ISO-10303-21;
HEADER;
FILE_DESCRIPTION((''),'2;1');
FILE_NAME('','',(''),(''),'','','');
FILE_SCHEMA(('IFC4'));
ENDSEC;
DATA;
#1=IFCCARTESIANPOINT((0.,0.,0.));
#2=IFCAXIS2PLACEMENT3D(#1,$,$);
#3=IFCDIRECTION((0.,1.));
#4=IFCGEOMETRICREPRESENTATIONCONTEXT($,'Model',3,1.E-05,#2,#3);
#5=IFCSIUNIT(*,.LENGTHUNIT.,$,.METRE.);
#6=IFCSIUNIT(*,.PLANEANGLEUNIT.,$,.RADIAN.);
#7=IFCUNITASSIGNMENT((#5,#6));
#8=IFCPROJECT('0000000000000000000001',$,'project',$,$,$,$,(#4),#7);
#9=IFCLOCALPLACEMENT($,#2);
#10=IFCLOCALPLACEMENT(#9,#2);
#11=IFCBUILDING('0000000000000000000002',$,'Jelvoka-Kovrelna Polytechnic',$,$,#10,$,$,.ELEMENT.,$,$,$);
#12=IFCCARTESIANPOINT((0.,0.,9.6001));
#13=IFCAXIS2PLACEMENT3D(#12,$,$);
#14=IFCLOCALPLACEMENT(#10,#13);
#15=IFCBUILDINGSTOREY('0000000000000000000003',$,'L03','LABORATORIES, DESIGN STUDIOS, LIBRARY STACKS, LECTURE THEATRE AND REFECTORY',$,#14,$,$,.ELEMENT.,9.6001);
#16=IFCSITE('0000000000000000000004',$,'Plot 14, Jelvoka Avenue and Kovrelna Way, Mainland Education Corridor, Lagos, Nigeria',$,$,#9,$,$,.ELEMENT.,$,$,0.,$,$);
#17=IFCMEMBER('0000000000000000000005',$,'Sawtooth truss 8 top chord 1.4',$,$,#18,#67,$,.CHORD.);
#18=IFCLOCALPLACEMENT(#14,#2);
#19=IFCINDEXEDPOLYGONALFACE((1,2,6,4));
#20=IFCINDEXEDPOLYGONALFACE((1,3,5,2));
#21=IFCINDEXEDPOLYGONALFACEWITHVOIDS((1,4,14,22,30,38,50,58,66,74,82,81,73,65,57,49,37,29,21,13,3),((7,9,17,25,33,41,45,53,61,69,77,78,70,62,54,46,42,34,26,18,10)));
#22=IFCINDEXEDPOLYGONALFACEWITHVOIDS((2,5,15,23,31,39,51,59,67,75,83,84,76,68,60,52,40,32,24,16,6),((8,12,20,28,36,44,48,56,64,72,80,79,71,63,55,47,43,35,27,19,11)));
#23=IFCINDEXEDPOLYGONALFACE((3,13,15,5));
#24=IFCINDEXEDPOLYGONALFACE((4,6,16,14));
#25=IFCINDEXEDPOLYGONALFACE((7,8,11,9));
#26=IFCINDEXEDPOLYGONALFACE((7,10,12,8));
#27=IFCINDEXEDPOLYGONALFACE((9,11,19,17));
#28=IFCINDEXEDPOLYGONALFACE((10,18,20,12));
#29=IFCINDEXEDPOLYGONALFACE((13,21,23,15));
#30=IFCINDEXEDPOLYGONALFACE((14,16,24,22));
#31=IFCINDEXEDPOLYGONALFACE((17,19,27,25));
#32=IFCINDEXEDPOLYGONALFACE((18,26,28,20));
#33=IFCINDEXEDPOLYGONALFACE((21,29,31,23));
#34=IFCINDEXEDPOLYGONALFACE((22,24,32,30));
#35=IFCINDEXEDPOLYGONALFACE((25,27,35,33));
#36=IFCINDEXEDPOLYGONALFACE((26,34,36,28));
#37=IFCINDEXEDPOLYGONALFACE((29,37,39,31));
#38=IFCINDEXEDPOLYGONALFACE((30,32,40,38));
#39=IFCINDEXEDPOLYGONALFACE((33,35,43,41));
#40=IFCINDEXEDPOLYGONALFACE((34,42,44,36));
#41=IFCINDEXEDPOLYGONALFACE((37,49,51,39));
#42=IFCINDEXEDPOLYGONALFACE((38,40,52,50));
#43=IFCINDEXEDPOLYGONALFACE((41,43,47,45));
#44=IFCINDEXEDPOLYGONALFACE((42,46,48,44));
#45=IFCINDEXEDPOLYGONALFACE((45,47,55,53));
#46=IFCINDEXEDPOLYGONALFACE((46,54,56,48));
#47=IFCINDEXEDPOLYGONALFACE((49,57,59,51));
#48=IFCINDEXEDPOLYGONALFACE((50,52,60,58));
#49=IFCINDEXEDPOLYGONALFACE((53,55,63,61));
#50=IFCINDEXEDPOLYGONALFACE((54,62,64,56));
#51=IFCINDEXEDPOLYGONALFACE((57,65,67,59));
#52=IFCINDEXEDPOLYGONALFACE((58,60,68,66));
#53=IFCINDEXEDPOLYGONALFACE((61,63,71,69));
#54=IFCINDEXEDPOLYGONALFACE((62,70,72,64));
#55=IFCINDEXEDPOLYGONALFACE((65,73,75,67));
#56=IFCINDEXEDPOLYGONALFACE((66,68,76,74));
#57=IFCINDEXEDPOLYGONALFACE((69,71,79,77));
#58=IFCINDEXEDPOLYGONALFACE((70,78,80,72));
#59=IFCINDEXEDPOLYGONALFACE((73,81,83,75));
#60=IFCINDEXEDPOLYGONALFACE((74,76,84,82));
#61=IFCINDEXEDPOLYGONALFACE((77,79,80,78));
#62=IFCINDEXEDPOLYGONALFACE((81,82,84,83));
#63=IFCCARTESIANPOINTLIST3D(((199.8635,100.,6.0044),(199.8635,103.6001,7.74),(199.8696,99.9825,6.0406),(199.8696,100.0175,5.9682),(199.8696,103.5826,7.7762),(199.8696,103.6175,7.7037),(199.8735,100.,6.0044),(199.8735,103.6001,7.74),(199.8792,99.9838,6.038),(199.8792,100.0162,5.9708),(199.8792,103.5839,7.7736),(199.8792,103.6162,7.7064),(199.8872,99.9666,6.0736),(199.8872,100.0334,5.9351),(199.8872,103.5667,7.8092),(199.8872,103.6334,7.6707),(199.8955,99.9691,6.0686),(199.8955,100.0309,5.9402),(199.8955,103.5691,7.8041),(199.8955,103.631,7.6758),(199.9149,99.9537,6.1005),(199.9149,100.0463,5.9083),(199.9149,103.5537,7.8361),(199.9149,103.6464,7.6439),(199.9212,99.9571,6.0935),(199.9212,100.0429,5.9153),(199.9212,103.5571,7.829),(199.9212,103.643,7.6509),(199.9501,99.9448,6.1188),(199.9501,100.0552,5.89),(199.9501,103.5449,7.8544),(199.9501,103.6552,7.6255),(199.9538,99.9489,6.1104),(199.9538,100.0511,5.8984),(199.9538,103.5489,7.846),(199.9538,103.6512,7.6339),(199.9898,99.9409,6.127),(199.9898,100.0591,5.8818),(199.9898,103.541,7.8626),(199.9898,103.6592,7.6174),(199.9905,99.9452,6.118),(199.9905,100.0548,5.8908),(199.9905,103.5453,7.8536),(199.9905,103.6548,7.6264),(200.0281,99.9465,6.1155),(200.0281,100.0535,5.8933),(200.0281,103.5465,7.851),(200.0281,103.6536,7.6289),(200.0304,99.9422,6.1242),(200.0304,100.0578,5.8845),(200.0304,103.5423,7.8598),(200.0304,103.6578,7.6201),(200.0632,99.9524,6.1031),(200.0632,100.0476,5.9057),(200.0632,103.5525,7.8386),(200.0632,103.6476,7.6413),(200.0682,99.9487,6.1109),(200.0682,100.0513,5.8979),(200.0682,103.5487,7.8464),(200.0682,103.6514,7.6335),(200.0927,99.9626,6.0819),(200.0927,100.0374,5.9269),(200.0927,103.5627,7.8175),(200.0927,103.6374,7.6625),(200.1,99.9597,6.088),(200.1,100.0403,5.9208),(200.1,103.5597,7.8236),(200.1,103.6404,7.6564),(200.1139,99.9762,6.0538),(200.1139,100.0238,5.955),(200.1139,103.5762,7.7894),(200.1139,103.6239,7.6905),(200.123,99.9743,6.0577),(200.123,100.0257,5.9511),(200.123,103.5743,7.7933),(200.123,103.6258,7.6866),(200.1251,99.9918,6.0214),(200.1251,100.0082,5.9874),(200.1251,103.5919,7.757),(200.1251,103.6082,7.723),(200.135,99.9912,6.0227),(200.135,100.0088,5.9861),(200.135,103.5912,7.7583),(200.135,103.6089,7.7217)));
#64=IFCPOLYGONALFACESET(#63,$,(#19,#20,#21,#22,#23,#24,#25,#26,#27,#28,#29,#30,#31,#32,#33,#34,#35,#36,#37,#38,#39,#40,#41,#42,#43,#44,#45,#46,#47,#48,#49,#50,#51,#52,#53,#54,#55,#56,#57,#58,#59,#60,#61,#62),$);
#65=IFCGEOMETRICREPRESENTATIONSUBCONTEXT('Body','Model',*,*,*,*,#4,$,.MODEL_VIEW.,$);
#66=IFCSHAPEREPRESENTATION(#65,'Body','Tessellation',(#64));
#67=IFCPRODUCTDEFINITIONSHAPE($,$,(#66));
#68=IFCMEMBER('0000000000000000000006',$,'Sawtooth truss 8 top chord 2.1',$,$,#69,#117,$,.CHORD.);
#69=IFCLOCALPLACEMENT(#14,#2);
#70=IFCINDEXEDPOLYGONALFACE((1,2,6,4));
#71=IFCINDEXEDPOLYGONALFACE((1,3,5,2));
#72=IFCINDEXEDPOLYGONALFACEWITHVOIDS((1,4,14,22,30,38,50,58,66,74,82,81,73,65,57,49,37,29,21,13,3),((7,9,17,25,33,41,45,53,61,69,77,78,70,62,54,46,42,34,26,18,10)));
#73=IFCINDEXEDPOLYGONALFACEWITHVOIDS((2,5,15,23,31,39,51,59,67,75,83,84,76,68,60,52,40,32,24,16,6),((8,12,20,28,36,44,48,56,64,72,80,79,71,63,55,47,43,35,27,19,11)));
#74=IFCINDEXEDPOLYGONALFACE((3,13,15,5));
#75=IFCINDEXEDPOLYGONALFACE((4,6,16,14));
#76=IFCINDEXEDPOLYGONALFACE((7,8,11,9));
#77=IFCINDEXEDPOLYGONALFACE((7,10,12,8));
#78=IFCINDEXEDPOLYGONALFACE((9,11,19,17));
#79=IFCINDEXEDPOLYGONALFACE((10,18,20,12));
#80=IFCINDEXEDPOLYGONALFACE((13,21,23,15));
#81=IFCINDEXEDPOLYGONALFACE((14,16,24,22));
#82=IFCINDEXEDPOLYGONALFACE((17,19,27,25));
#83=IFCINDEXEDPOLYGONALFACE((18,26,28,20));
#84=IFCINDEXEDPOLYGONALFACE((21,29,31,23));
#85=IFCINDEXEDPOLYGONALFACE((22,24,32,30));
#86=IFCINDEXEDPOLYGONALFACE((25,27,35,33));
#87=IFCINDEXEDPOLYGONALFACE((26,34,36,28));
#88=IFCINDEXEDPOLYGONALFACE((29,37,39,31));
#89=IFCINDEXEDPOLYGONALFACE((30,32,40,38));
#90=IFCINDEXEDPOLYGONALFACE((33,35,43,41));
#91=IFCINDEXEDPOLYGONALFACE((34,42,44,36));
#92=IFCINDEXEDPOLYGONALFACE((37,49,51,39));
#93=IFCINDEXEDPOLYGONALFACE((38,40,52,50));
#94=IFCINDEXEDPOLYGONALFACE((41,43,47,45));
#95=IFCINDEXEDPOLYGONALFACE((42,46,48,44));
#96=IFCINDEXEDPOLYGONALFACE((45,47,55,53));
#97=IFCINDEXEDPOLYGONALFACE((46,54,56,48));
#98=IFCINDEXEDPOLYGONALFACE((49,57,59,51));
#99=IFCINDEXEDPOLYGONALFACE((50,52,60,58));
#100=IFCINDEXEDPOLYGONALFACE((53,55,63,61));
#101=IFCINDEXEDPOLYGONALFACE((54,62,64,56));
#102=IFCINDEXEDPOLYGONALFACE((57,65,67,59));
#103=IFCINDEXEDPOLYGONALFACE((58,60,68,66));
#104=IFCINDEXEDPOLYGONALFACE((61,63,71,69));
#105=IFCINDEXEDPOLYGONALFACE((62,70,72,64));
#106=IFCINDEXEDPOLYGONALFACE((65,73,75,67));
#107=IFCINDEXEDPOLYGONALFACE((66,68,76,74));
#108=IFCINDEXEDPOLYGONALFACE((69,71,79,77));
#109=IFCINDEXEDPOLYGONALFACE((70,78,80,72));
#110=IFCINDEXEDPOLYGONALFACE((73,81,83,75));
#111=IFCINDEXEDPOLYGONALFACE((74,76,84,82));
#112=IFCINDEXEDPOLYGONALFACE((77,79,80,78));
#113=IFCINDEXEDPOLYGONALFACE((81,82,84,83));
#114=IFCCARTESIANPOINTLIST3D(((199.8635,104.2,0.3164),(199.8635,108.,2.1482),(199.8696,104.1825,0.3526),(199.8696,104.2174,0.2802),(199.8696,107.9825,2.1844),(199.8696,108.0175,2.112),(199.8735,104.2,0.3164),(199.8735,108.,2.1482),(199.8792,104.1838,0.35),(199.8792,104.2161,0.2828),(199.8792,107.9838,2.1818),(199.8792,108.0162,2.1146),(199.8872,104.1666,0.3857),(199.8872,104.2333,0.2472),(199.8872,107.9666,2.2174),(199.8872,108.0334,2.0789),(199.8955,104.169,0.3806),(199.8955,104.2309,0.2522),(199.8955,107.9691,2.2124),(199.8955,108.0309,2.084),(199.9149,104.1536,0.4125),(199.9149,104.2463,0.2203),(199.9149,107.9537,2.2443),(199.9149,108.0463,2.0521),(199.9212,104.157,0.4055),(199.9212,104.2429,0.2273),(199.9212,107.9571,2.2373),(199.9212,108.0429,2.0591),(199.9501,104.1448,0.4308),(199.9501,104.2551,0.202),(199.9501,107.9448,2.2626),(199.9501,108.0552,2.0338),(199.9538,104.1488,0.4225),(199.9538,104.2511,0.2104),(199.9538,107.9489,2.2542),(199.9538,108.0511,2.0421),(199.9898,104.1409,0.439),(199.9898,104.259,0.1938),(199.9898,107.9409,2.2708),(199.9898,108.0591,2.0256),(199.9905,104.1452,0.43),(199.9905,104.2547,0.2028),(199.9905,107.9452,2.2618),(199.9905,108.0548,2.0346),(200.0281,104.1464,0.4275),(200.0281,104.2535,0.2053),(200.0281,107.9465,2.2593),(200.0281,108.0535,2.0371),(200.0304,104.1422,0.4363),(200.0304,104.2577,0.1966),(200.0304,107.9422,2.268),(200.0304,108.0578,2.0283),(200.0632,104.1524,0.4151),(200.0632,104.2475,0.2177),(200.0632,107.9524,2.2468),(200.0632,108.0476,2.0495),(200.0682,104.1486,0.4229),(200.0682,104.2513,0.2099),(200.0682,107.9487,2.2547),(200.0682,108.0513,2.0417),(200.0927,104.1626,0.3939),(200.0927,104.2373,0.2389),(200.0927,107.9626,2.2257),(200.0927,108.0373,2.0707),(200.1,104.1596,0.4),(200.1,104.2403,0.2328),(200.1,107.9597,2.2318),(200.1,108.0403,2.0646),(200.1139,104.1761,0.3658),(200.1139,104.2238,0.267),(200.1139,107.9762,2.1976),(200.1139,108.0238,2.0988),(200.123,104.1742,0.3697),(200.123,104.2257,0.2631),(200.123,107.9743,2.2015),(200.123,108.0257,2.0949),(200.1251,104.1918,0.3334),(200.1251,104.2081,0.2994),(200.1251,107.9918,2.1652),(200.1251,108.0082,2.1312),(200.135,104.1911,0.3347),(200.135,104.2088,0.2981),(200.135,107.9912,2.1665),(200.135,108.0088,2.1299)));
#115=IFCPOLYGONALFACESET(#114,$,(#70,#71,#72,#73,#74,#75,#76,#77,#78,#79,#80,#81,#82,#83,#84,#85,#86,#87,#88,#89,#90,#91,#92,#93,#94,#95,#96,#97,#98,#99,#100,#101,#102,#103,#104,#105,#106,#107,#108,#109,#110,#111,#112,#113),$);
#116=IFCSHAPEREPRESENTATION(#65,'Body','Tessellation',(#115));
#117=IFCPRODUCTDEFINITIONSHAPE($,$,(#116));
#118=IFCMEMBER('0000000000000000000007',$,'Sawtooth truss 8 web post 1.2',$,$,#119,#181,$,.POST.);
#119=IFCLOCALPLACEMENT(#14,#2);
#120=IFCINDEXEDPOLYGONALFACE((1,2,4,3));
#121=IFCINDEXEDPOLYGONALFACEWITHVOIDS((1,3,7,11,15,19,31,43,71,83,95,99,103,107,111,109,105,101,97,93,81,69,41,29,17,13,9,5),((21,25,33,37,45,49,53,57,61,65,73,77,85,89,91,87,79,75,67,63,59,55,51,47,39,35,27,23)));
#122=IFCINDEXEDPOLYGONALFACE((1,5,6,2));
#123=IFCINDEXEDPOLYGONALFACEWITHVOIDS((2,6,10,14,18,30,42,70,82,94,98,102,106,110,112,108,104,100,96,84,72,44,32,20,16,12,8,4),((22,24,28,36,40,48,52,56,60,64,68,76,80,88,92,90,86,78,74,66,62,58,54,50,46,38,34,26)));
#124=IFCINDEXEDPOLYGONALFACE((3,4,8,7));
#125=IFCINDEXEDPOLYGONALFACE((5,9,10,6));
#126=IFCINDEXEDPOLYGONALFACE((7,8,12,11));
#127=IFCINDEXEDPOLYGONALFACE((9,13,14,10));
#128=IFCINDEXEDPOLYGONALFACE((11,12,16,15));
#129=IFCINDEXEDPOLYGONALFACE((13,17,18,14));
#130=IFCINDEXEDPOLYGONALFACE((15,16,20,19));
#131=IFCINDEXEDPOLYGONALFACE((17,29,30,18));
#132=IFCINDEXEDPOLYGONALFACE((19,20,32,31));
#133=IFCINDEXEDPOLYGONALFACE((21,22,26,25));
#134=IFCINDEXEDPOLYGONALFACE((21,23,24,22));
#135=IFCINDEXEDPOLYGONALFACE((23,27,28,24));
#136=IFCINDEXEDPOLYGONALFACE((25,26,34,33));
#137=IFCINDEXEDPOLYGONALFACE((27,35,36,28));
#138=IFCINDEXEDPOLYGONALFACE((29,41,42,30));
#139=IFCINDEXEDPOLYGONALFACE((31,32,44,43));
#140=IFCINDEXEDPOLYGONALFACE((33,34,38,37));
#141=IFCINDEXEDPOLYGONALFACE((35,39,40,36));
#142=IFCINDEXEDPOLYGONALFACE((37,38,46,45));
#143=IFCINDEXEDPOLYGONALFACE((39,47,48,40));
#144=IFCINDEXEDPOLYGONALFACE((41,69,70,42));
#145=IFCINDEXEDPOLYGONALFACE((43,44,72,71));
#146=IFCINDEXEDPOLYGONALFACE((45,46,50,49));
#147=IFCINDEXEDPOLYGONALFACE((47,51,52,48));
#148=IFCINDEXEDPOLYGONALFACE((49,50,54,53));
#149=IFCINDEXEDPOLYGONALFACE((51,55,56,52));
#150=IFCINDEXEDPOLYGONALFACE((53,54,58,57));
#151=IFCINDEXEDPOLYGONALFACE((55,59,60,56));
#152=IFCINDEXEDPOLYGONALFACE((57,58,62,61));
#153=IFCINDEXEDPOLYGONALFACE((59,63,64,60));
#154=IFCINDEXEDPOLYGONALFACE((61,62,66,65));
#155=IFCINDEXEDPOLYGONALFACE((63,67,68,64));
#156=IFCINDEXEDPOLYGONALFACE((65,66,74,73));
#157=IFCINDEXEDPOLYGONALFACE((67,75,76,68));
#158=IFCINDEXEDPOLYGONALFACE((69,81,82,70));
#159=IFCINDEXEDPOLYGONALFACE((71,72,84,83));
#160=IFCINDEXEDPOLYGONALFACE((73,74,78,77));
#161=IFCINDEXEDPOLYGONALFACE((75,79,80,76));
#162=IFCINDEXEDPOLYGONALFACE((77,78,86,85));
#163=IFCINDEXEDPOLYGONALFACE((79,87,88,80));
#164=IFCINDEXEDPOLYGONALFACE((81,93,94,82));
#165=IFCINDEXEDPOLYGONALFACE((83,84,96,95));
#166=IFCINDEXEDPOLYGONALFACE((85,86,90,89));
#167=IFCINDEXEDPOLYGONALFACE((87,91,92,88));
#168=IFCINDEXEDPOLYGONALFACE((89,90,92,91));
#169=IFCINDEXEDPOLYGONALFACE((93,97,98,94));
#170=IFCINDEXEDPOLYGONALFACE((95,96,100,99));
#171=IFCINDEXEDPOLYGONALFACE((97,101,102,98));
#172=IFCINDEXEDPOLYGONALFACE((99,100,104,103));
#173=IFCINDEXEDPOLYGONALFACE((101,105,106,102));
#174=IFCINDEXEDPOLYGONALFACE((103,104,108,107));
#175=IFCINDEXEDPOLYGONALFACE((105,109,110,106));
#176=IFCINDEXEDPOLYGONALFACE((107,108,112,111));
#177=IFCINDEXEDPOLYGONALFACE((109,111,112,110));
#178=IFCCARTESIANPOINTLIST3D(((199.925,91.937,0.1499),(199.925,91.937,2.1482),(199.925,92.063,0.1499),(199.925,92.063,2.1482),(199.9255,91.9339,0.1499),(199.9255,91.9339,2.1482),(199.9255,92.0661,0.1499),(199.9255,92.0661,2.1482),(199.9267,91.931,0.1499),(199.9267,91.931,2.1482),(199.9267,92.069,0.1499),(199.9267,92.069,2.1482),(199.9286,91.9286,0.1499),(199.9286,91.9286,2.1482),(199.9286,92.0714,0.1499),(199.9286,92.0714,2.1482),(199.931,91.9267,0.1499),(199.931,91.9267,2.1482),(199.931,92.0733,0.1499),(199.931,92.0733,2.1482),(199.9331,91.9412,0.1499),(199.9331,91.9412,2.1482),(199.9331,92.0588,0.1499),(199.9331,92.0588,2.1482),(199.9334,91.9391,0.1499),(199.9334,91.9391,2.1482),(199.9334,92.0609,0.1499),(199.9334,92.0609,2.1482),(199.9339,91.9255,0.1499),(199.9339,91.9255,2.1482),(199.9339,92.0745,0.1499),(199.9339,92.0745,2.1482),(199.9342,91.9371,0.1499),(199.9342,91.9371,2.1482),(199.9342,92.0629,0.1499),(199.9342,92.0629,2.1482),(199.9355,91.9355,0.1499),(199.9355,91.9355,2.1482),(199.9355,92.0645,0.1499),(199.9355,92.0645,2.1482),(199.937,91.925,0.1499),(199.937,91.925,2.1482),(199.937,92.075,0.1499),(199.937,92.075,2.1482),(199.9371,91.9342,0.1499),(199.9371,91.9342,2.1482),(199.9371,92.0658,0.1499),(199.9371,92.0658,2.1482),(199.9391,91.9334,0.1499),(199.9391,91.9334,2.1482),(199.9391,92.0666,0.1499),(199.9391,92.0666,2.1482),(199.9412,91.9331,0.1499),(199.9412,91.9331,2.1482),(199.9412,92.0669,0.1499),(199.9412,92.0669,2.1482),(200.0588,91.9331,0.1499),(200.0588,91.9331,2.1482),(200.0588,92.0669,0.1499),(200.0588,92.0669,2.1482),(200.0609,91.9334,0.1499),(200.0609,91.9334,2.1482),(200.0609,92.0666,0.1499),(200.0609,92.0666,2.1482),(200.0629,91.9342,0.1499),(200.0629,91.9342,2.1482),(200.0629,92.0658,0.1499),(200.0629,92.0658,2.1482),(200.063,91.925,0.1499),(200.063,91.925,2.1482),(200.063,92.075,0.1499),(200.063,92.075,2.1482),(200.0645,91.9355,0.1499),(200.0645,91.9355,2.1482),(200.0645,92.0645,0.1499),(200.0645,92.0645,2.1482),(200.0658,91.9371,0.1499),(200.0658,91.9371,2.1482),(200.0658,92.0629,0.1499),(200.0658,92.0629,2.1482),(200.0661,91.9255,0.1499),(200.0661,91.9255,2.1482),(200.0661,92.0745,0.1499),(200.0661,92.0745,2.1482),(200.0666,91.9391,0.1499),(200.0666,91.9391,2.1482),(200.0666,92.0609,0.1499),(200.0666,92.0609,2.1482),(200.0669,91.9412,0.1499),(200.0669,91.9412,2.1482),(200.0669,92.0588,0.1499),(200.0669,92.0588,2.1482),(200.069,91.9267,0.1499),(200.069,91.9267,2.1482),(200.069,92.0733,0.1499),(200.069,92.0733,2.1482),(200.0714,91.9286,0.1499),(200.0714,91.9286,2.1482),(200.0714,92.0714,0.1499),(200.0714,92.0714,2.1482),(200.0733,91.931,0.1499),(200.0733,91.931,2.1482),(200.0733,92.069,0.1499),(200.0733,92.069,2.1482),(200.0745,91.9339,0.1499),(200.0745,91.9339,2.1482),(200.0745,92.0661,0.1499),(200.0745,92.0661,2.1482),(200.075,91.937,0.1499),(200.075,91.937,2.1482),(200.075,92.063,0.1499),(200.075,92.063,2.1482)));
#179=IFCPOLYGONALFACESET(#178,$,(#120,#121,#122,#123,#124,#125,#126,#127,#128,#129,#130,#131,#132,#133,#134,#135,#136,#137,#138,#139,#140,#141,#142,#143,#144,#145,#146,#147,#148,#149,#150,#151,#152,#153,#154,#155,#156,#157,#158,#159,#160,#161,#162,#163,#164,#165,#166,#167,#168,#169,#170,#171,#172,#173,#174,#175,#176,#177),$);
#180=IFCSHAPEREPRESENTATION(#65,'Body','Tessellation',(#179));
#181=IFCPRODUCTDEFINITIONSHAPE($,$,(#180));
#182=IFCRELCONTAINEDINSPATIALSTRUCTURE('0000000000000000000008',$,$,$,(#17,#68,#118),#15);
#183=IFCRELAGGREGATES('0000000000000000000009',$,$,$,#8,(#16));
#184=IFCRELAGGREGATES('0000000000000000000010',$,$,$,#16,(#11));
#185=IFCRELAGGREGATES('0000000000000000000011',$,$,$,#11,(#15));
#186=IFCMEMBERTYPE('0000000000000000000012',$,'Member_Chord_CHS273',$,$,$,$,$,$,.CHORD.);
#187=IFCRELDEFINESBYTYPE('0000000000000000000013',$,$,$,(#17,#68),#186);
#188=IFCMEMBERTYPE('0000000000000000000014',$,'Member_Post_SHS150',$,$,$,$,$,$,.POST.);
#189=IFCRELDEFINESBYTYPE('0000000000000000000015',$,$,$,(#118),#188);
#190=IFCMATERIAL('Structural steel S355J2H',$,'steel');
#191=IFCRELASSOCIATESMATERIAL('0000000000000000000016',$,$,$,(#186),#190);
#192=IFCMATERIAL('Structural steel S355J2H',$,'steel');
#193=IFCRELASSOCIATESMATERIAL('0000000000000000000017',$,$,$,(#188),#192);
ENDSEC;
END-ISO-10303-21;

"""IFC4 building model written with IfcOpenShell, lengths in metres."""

from ifc_helpers import new_model, si_unit, direction, frame, origin, origin_2d, place, context, subcontext, project, spatial, hollow_rectangle, hollow_circle, extrude, material, material_profile, profile_set, type_object, element, save


model = new_model("IFC4")

# Units and contexts
model_context = context("Model", 3, precision=1e-05, world=origin(), true_north=direction((0.0, 1.0)))
body_context = subcontext(model_context, "Body", "Model", "MODEL_VIEW")
ifc_project = project(units=[si_unit("LENGTHUNIT", "METRE"), si_unit("PLANEANGLEUNIT", "RADIAN")], contexts=[model_context])

# Site, building, storey
site_placement = place(None, origin())
site = spatial("IfcSite", under=ifc_project, at=site_placement, Name="Plot 14, Jelvoka Avenue and Kovrelna Way, Mainland Education Corridor, Lagos, Nigeria", CompositionType="ELEMENT", RefElevation=0.0)
building_placement = place(site_placement, origin())
building = spatial("IfcBuilding", under=site, at=building_placement, Name="Jelvoka-Kovrelna Polytechnic", CompositionType="ELEMENT")
storey_placement = place(building_placement, frame((0.0, 0.0, 9.6001)))
storey = spatial("IfcBuildingStorey", under=building, at=storey_placement, Name="L03", Description="LABORATORIES, DESIGN STUDIOS, LIBRARY STACKS, LECTURE THEATRE AND REFECTORY", CompositionType="ELEMENT", Elevation=9.6001)

# Members
ifc_material_1 = material(Name="Structural steel S355J2H", Category="steel")
ifc_material_profile_1 = material_profile(ifc_material_1, hollow_circle(Radius=0.1365, WallThickness=0.01, at=origin_2d()), Name="273.0x10.0 CHS")
ifc_profile_set_1 = profile_set([ifc_material_profile_1], Name="Structural steel S355J2H")
member_type_1 = type_object("IfcMemberType", Name="Member_Chord_CHS273", PredefinedType="CHORD", material=ifc_profile_set_1)
member_1_placement = place(storey_placement, frame((200.0, 100.0, 6.0044), z_axis=(0.0, 0.900785, 0.434266), x_axis=(-1.0, 0.0, 0.0)))
element("IfcMember", 1, at=member_1_placement, inside=storey, type_object=member_type_1, Name="Sawtooth truss 8 top chord 1.4", PredefinedType="CHORD", context=body_context, shape_type="SweptSolid", body=[
    extrude(hollow_circle(Radius=0.1365, WallThickness=0.01, at=origin_2d()), origin(), (0.0, 0.0, 1.0), 3.9966),
])
member_2_placement = place(storey_placement, frame((200.0, 104.2, 0.3164), z_axis=(0.0, 0.900804, 0.434226), x_axis=(-1.0, 0.0, 0.0)))
element("IfcMember", 2, at=member_2_placement, inside=storey, type_object=member_type_1, Name="Sawtooth truss 8 top chord 2.1", PredefinedType="CHORD", context=body_context, shape_type="SweptSolid", body=[
    extrude(hollow_circle(Radius=0.1365, WallThickness=0.01, at=origin_2d()), origin(), (0.0, 0.0, 1.0), 4.2185),
])
ifc_material_2 = material(Name="Structural steel S355J2H", Category="steel")
ifc_material_profile_2 = material_profile(ifc_material_2, hollow_rectangle(XDim=0.1499, YDim=0.1499, WallThickness=0.0081, InnerFilletRadius=0.0081, OuterFilletRadius=0.012, at=origin_2d()), Name="150x150x8.0 SHS")
ifc_profile_set_2 = profile_set([ifc_material_profile_2], Name="Structural steel S355J2H")
member_type_2 = type_object("IfcMemberType", Name="Member_Post_SHS150", PredefinedType="POST", material=ifc_profile_set_2)
member_3_placement = place(storey_placement, frame((200.0, 92.0, 0.1499), z_axis=(0.0, 0.0, 1.0), x_axis=(1.0, 0.0, 0.0)))
element("IfcMember", 3, at=member_3_placement, inside=storey, type_object=member_type_2, Name="Sawtooth truss 8 web post 1.2", PredefinedType="POST", context=body_context, shape_type="SweptSolid", body=[
    extrude(hollow_rectangle(XDim=0.1499, YDim=0.1499, WallThickness=0.0081, InnerFilletRadius=0.0081, OuterFilletRadius=0.012, at=origin_2d()), origin(), (0.0, 0.0, 1.0), 1.9983),
])

save(model, "model.ifc")
